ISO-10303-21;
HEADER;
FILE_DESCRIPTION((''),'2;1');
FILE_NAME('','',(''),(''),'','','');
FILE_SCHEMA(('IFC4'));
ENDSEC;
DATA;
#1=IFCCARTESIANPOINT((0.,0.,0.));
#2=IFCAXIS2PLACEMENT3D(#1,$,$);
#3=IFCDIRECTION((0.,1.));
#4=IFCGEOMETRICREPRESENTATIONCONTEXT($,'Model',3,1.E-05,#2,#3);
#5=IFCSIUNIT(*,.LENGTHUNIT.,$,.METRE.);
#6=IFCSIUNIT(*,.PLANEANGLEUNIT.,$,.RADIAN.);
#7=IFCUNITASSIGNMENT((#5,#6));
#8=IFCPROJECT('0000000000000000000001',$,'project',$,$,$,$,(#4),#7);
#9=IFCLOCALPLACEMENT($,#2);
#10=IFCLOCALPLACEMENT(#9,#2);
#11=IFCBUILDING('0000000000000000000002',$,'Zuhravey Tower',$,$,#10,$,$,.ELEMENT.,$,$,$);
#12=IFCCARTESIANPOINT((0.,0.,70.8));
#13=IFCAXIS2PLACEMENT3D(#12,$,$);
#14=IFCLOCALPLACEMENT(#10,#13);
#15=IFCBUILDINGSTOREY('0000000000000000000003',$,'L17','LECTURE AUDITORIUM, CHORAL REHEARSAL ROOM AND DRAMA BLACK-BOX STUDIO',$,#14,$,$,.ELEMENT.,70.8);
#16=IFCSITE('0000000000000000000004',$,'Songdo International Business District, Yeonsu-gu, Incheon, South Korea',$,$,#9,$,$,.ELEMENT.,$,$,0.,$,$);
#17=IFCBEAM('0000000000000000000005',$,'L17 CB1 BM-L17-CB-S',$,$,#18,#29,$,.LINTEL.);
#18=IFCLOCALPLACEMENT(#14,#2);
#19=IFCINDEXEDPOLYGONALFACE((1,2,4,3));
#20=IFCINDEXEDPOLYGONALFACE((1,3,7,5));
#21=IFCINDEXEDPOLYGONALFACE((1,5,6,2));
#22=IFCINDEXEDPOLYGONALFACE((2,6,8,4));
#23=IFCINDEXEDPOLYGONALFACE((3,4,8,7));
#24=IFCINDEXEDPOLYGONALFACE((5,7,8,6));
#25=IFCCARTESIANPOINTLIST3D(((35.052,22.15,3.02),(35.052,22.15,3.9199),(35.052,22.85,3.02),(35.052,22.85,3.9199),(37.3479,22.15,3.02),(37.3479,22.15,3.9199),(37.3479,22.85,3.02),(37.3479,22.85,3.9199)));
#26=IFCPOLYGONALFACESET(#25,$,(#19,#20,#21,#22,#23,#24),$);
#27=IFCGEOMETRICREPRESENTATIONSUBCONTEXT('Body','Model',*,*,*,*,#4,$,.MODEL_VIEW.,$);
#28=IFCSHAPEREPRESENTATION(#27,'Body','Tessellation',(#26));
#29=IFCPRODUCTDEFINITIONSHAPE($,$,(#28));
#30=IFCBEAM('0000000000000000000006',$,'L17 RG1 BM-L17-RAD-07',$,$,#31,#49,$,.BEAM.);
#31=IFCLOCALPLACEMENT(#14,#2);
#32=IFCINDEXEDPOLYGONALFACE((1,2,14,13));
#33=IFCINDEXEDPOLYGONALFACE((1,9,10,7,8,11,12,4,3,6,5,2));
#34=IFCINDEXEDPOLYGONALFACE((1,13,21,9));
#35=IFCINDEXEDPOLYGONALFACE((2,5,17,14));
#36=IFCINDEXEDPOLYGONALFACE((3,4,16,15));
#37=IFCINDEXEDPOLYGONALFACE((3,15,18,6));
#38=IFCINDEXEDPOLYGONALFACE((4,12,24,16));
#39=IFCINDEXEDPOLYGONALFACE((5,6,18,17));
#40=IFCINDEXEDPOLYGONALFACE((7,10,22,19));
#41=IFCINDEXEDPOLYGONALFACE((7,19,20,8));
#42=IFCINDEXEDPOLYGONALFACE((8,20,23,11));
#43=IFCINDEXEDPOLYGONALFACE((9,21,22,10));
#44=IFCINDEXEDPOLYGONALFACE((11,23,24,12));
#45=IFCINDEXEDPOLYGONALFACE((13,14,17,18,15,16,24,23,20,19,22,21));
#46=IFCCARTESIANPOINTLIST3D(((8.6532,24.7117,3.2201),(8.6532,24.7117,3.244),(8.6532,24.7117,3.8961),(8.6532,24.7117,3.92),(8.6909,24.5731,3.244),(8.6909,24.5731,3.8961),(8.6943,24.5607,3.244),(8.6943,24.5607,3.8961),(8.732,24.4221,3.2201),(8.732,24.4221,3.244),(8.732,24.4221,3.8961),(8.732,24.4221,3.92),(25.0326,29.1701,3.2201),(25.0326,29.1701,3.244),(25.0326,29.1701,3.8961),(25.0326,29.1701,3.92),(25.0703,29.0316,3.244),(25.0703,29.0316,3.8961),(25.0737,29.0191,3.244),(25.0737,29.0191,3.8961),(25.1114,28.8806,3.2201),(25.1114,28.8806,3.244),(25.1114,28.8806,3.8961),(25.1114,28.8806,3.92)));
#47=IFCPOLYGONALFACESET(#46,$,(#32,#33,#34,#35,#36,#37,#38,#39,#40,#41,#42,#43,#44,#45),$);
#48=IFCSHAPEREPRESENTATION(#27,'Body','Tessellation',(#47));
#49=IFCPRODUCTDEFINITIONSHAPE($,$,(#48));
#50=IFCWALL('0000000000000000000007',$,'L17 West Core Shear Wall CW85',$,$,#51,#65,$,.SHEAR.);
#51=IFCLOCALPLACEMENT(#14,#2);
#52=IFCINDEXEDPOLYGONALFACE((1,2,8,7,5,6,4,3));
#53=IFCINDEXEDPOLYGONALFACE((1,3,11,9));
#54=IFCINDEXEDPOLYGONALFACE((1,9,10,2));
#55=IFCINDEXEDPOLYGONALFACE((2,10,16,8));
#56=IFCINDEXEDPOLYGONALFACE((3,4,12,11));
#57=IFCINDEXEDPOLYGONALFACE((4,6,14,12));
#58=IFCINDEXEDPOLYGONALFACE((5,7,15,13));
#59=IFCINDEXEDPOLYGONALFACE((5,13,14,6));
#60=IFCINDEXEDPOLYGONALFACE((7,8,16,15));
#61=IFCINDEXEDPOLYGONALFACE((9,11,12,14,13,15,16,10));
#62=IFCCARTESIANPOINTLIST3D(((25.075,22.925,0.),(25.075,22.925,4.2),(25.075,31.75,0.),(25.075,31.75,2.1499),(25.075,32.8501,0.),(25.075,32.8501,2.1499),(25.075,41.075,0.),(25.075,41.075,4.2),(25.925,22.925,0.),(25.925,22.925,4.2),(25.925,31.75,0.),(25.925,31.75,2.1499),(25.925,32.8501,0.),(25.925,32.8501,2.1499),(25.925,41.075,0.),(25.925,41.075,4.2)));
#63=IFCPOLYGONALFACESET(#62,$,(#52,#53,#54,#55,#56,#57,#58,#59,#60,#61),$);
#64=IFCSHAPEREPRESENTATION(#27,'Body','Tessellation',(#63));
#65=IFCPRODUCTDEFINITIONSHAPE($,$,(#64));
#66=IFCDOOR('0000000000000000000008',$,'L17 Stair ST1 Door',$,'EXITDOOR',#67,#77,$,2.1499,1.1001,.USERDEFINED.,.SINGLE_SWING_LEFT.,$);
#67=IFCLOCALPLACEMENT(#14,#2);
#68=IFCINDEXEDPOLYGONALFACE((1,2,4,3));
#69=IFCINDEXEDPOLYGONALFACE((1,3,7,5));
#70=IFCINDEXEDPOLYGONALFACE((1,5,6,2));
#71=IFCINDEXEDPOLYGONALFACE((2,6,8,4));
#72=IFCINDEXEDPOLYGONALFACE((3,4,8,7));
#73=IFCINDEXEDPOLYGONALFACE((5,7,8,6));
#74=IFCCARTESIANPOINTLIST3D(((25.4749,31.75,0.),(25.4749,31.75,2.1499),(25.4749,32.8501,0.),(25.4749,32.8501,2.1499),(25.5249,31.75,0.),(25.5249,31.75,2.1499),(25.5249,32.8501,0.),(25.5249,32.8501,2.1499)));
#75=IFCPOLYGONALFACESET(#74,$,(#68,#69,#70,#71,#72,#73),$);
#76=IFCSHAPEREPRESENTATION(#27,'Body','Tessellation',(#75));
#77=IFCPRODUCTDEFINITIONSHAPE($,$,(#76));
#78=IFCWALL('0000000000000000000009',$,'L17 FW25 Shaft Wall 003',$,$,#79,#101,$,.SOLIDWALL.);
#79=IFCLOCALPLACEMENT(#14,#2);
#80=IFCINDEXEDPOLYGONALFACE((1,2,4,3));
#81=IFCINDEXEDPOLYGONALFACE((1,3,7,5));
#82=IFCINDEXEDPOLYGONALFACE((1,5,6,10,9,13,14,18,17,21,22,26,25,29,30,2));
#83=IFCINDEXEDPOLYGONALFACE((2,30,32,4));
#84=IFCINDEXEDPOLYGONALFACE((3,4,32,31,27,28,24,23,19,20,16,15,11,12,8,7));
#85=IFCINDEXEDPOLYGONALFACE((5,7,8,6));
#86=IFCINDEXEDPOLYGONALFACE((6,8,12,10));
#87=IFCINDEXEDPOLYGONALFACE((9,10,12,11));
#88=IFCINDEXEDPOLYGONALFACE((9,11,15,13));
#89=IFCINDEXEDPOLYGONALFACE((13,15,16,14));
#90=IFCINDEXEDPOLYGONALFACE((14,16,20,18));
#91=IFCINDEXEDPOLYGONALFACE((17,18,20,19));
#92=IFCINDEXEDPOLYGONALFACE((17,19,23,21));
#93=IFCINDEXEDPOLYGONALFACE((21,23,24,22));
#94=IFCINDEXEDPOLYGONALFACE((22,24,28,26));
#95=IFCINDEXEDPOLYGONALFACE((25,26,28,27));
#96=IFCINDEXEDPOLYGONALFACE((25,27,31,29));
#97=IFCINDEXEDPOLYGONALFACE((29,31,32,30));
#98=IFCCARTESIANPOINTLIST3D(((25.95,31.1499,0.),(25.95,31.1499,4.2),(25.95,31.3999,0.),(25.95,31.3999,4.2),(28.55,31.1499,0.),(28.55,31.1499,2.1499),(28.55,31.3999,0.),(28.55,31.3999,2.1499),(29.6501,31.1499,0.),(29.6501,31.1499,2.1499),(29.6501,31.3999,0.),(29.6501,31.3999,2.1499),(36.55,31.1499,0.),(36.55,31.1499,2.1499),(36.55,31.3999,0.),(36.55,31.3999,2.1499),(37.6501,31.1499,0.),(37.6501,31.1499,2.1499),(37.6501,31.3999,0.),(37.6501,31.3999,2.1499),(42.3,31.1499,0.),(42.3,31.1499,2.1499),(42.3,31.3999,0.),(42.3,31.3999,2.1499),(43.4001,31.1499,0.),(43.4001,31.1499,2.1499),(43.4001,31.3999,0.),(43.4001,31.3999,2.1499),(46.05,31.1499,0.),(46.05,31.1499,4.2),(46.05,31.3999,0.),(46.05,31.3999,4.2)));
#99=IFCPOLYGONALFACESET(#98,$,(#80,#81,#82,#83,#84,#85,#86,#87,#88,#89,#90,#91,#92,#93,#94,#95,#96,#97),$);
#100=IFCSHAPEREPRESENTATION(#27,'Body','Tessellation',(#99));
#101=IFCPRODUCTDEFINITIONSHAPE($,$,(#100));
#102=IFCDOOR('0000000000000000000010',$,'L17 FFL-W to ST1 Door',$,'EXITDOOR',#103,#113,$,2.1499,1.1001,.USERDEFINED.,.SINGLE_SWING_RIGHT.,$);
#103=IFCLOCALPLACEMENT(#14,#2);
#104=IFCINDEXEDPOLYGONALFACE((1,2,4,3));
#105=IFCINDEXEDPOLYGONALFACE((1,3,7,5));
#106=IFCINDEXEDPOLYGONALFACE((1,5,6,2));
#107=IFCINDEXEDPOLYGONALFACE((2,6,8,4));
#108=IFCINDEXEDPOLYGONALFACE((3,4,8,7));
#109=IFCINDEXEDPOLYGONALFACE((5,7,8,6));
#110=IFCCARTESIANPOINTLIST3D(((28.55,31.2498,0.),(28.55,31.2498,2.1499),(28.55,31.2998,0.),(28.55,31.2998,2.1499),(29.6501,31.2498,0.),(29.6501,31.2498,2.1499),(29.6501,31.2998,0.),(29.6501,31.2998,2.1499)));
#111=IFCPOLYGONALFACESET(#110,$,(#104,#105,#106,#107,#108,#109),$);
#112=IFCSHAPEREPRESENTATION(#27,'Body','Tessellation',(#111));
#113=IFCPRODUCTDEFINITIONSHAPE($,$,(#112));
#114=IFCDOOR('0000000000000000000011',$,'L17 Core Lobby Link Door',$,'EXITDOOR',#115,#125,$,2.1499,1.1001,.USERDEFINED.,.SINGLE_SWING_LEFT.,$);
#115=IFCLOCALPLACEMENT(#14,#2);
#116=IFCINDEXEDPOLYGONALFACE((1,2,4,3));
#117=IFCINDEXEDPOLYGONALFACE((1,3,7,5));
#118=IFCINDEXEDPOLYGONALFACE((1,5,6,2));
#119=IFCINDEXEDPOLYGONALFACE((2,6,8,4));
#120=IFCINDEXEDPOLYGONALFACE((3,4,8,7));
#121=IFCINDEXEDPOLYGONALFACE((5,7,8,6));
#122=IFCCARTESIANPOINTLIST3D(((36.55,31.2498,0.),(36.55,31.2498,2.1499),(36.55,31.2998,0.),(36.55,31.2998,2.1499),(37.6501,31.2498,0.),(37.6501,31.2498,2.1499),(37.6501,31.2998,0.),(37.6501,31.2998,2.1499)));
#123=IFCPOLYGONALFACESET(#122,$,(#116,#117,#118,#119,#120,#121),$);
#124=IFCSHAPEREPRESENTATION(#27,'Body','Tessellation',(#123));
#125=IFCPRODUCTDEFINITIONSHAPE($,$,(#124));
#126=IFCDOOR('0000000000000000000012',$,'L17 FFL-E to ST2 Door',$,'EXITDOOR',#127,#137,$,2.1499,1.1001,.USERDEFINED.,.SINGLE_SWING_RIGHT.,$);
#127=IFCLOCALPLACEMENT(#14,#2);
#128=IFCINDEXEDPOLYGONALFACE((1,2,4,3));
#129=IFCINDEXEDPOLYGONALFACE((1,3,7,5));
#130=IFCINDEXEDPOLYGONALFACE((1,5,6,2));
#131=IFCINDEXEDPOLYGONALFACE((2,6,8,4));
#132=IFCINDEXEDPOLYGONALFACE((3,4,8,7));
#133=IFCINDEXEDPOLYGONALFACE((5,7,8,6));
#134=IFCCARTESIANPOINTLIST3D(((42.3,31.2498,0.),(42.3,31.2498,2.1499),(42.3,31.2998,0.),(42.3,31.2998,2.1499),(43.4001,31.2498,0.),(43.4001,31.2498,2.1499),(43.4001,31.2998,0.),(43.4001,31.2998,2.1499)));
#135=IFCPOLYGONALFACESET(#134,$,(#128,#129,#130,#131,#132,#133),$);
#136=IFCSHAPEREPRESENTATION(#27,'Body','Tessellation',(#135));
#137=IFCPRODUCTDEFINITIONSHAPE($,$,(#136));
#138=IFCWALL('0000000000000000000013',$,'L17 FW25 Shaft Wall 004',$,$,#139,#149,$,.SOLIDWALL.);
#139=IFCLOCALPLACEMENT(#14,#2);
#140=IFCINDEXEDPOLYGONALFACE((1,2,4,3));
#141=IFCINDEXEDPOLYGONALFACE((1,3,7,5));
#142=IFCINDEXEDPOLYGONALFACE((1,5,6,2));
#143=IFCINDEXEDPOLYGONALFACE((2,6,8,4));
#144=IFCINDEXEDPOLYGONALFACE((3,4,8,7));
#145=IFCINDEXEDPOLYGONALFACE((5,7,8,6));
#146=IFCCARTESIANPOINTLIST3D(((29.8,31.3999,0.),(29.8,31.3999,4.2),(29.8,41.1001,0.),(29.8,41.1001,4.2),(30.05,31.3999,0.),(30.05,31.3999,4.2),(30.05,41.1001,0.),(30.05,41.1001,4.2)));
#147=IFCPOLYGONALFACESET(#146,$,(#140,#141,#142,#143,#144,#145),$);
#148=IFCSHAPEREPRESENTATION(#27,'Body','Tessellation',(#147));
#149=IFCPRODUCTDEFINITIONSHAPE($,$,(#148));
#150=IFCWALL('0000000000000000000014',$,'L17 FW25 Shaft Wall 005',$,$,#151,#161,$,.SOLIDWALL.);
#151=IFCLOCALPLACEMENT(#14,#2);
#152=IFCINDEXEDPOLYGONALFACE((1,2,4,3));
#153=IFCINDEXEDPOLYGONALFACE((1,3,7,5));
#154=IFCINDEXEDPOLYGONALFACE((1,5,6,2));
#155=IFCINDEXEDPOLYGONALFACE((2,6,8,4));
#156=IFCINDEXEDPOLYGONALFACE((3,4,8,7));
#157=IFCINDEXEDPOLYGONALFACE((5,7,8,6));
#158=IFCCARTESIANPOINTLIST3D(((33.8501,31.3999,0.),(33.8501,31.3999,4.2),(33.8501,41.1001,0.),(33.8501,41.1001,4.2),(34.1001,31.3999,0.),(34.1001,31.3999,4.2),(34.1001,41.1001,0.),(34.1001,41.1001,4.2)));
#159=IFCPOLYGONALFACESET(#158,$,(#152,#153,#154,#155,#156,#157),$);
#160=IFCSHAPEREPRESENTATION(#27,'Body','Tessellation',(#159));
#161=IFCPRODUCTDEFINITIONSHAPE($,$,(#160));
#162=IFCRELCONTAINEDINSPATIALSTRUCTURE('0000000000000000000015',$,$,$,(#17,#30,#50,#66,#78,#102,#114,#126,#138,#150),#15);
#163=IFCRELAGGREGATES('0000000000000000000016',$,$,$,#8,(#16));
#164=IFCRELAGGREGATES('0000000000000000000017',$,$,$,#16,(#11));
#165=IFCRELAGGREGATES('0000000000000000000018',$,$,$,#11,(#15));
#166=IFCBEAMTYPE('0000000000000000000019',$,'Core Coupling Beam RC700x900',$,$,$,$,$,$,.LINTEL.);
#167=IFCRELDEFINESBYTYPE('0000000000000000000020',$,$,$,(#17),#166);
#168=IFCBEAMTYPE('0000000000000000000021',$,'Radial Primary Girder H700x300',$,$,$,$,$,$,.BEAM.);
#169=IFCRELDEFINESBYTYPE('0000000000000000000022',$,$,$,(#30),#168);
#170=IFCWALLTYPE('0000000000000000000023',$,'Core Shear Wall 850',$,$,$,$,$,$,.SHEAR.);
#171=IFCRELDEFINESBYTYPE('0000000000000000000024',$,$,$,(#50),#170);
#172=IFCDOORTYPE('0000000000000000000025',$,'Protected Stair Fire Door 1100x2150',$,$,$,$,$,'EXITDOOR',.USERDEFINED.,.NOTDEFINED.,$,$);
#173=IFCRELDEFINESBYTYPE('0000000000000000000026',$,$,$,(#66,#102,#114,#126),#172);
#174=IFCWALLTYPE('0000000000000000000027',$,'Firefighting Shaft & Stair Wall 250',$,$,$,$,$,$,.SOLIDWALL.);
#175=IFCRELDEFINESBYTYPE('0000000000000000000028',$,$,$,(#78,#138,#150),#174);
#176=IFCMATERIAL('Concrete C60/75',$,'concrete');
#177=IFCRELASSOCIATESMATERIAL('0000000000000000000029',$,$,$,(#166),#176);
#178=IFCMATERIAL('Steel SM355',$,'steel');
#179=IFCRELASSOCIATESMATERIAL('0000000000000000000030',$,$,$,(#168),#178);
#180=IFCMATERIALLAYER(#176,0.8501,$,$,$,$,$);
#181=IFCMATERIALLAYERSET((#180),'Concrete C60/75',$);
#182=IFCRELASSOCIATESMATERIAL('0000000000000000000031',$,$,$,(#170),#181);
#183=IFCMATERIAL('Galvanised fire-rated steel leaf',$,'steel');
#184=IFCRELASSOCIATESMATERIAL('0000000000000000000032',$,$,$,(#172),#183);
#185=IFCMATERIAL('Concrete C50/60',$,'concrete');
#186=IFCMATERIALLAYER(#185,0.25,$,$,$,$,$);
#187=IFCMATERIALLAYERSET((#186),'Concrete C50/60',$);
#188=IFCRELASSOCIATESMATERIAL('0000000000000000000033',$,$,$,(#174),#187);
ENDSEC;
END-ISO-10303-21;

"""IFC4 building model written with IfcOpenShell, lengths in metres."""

from ifc_helpers import new_model, si_unit, direction, frame, frame_2d, origin, origin_2d, place, context, subcontext, project, spatial, rectangle, i_section, extrude, material, layer, layer_set, material_profile, profile_set, type_object, element, fill, save


model = new_model("IFC4")

# Units and contexts
model_context = context("Model", 3, precision=1e-05, world=origin(), true_north=direction((0.0, 1.0)))
body_context = subcontext(model_context, "Body", "Model", "MODEL_VIEW")
ifc_project = project(units=[si_unit("LENGTHUNIT", "METRE"), si_unit("PLANEANGLEUNIT", "RADIAN")], contexts=[model_context])

# Site, building, storey
site_placement = place(None, origin())
site = spatial("IfcSite", under=ifc_project, at=site_placement, Name="Songdo International Business District, Yeonsu-gu, Incheon, South Korea", CompositionType="ELEMENT", RefElevation=0.0)
building_placement = place(site_placement, origin())
building = spatial("IfcBuilding", under=site, at=building_placement, Name="Zuhravey Tower", CompositionType="ELEMENT")
storey_placement = place(building_placement, frame((0.0, 0.0, 70.8)))
storey = spatial("IfcBuildingStorey", under=building, at=storey_placement, Name="L17", Description="LECTURE AUDITORIUM, CHORAL REHEARSAL ROOM AND DRAMA BLACK-BOX STUDIO", CompositionType="ELEMENT", Elevation=70.8)

# Beams
ifc_material_1 = material(Name="Concrete C60/75", Category="concrete")
ifc_material_profile_1 = material_profile(ifc_material_1, rectangle(XDim=0.7, YDim=0.8999, at=origin_2d()), Name="RC-700x900")
ifc_profile_set_1 = profile_set([ifc_material_profile_1], Name="Concrete C60/75")
beam_type_1 = type_object("IfcBeamType", Name="Core Coupling Beam RC700x900", PredefinedType="LINTEL", material=ifc_profile_set_1)
beam_1_placement = place(storey_placement, frame((35.052, 22.5, 3.47), z_axis=(1.0, 0.0, 0.0), x_axis=(0.0, 1.0, 0.0)))
element("IfcBeam", 1, at=beam_1_placement, inside=storey, type_object=beam_type_1, Name="L17 CB1 BM-L17-CB-S", PredefinedType="LINTEL", context=body_context, shape_type="SweptSolid", body=[
    extrude(rectangle(XDim=0.7, YDim=0.8999, at=origin_2d()), origin(), (0.0, 0.0, 1.0), 2.2959),
])
ifc_material_2 = material(Name="Steel SM355", Category="steel")
ifc_material_profile_2 = material_profile(ifc_material_2, i_section(OverallWidth=0.3, OverallDepth=0.7, WebThickness=0.0129, FlangeThickness=0.0239, at=origin_2d()), Name="H-700x300x13x24")
ifc_profile_set_2 = profile_set([ifc_material_profile_2], Name="Steel SM355")
beam_type_2 = type_object("IfcBeamType", Name="Radial Primary Girder H700x300", PredefinedType="BEAM", material=ifc_profile_set_2)
beam_2_placement = place(storey_placement, frame((25.072, 29.0254, 3.5701), z_axis=(-0.964892, -0.262645, 0.0), x_axis=(0.262645, -0.964892, 0.0)))
element("IfcBeam", 2, at=beam_2_placement, inside=storey, type_object=beam_type_2, Name="L17 RG1 BM-L17-RAD-07", PredefinedType="BEAM", context=body_context, shape_type="SweptSolid", body=[
    extrude(i_section(OverallWidth=0.3, OverallDepth=0.7, WebThickness=0.0129, FlangeThickness=0.0239, at=origin_2d()), origin(), (0.0, 0.0, 1.0), 16.9753),
])

# Wall, opening, door
ifc_layer_1 = layer(ifc_material_1, 0.8501)
ifc_layer_set_1 = layer_set([ifc_layer_1], Name="Concrete C60/75")
wall_type_1 = type_object("IfcWallType", Name="Core Shear Wall 850", PredefinedType="SHEAR", material=ifc_layer_set_1)
ifc_material_3 = material(Name="Galvanised fire-rated steel leaf", Category="steel")
wall_1_placement = place(storey_placement, frame((25.5, 22.925, 0.0), z_axis=(0.0, 0.0, 1.0), x_axis=(0.0, 1.0, 0.0)))
wall_1 = element("IfcWall", 3, at=wall_1_placement, inside=storey, type_object=wall_type_1, Name="L17 West Core Shear Wall CW85", PredefinedType="SHEAR", context=body_context, shape_type="SweptSolid", body=[
    extrude(rectangle(XDim=18.1499, YDim=0.8501, at=frame_2d((9.075, 0.0))), origin(), (0.0, 0.0, 1.0), 4.2),
])
opening_1_placement = place(wall_1_placement, frame((8.825, 0.0, 0.0)))
opening_1 = element("IfcOpeningElement", 4, at=opening_1_placement, cuts=wall_1, PredefinedType="OPENING", context=body_context, shape_type="SweptSolid", body=[
    extrude(rectangle(XDim=1.1001, YDim=2.1499, at=frame_2d((0.55, 1.075))), frame((0.0, 0.437, 0.0), z_axis=(0.0, -1.0, 0.0), x_axis=(1.0, 0.0, 0.0)), (0.0, 0.0, 1.0), 0.874),
])
door_type_1 = type_object("IfcDoorType", Name="Protected Stair Fire Door 1100x2150", ElementType="EXITDOOR", OperationType="NOTDEFINED", PredefinedType="USERDEFINED", material=ifc_material_3)
door_1_placement = place(opening_1_placement, frame((1.1001, 0.0, 0.0), z_axis=(0.0, 0.0, 1.0), x_axis=(-1.0, 0.0, 0.0)))
door_1 = element("IfcDoor", 5, at=door_1_placement, inside=storey, type_object=door_type_1, Name="L17 Stair ST1 Door", ObjectType="EXITDOOR", OperationType="SINGLE_SWING_LEFT", OverallHeight=2.1499, OverallWidth=1.1001, PredefinedType="USERDEFINED", context=body_context, shape_type="SweptSolid", body=[
    extrude(rectangle(XDim=1.1001, YDim=2.1499, at=frame_2d((0.55, 1.075))), frame((0.0, 0.0249, 0.0), z_axis=(0.0, -1.0, 0.0), x_axis=(1.0, 0.0, 0.0)), (0.0, 0.0, 1.0), 0.05),
])
fill(opening_1, door_1)
ifc_material_4 = material(Name="Concrete C50/60", Category="concrete")
ifc_layer_2 = layer(ifc_material_4, 0.25)
ifc_layer_set_2 = layer_set([ifc_layer_2], Name="Concrete C50/60")
wall_type_2 = type_object("IfcWallType", Name="Firefighting Shaft & Stair Wall 250", PredefinedType="SOLIDWALL", material=ifc_layer_set_2)

# Wall, openings, doors
wall_2_placement = place(storey_placement, frame((25.95, 31.2749, 0.0), z_axis=(0.0, 0.0, 1.0), x_axis=(1.0, 0.0, 0.0)))
wall_2 = element("IfcWall", 6, at=wall_2_placement, inside=storey, type_object=wall_type_2, Name="L17 FW25 Shaft Wall 003", PredefinedType="SOLIDWALL", context=body_context, shape_type="SweptSolid", body=[
    extrude(rectangle(XDim=20.1001, YDim=0.25, at=frame_2d((10.05, 0.0))), origin(), (0.0, 0.0, 1.0), 4.2),
])
opening_2_placement = place(wall_2_placement, frame((2.6001, 0.0, 0.0)))
opening_2 = element("IfcOpeningElement", 7, at=opening_2_placement, cuts=wall_2, PredefinedType="OPENING", context=body_context, shape_type="SweptSolid", body=[
    extrude(rectangle(XDim=1.1001, YDim=2.1499, at=frame_2d((0.55, 1.075))), frame((0.0, 0.137, 0.0), z_axis=(0.0, -1.0, 0.0), x_axis=(1.0, 0.0, 0.0)), (0.0, 0.0, 1.0), 0.2739),
])
opening_3_placement = place(wall_2_placement, frame((10.6001, 0.0, 0.0)))
opening_3 = element("IfcOpeningElement", 8, at=opening_3_placement, cuts=wall_2, PredefinedType="OPENING", context=body_context, shape_type="SweptSolid", body=[
    extrude(rectangle(XDim=1.1001, YDim=2.1499, at=frame_2d((0.55, 1.075))), frame((0.0, 0.137, 0.0), z_axis=(0.0, -1.0, 0.0), x_axis=(1.0, 0.0, 0.0)), (0.0, 0.0, 1.0), 0.2739),
])
opening_4_placement = place(wall_2_placement, frame((16.3501, 0.0, 0.0)))
opening_4 = element("IfcOpeningElement", 9, at=opening_4_placement, cuts=wall_2, PredefinedType="OPENING", context=body_context, shape_type="SweptSolid", body=[
    extrude(rectangle(XDim=1.1001, YDim=2.1499, at=frame_2d((0.55, 1.075))), frame((0.0, 0.137, 0.0), z_axis=(0.0, -1.0, 0.0), x_axis=(1.0, 0.0, 0.0)), (0.0, 0.0, 1.0), 0.2739),
])
door_2_placement = place(opening_2_placement, origin())
door_2 = element("IfcDoor", 10, at=door_2_placement, inside=storey, type_object=door_type_1, Name="L17 FFL-W to ST1 Door", ObjectType="EXITDOOR", OperationType="SINGLE_SWING_RIGHT", OverallHeight=2.1499, OverallWidth=1.1001, PredefinedType="USERDEFINED", context=body_context, shape_type="SweptSolid", body=[
    extrude(rectangle(XDim=1.1001, YDim=2.1499, at=frame_2d((0.55, 1.075))), frame((0.0, 0.0249, 0.0), z_axis=(0.0, -1.0, 0.0), x_axis=(1.0, 0.0, 0.0)), (0.0, 0.0, 1.0), 0.05),
])
fill(opening_2, door_2)
door_3_placement = place(opening_3_placement, origin())
door_3 = element("IfcDoor", 11, at=door_3_placement, inside=storey, type_object=door_type_1, Name="L17 Core Lobby Link Door", ObjectType="EXITDOOR", OperationType="SINGLE_SWING_LEFT", OverallHeight=2.1499, OverallWidth=1.1001, PredefinedType="USERDEFINED", context=body_context, shape_type="SweptSolid", body=[
    extrude(rectangle(XDim=1.1001, YDim=2.1499, at=frame_2d((0.55, 1.075))), frame((0.0, 0.0249, 0.0), z_axis=(0.0, -1.0, 0.0), x_axis=(1.0, 0.0, 0.0)), (0.0, 0.0, 1.0), 0.05),
])
fill(opening_3, door_3)
door_4_placement = place(opening_4_placement, origin())
door_4 = element("IfcDoor", 12, at=door_4_placement, inside=storey, type_object=door_type_1, Name="L17 FFL-E to ST2 Door", ObjectType="EXITDOOR", OperationType="SINGLE_SWING_RIGHT", OverallHeight=2.1499, OverallWidth=1.1001, PredefinedType="USERDEFINED", context=body_context, shape_type="SweptSolid", body=[
    extrude(rectangle(XDim=1.1001, YDim=2.1499, at=frame_2d((0.55, 1.075))), frame((0.0, 0.0249, 0.0), z_axis=(0.0, -1.0, 0.0), x_axis=(1.0, 0.0, 0.0)), (0.0, 0.0, 1.0), 0.05),
])
fill(opening_4, door_4)

# Walls
for number, where, z_axis, x_axis, name in (
    (13, (29.925, 31.3999, 0.0), (0.0, 0.0, 1.0), (0.0, 1.0, 0.0), "L17 FW25 Shaft Wall 004"),
    (14, (33.9751, 31.3999, 0.0), (0.0, 0.0, 1.0), (0.0, 1.0, 0.0), "L17 FW25 Shaft Wall 005"),
):
    element("IfcWall", number, at=place(storey_placement, frame(where, z_axis=z_axis, x_axis=x_axis)), inside=storey, type_object=wall_type_2, Name=name, PredefinedType="SOLIDWALL", context=body_context, shape_type="SweptSolid", body=[
        extrude(rectangle(XDim=9.7002, YDim=0.25, at=frame_2d((4.8501, 0.0))), origin(), (0.0, 0.0, 1.0), 4.2),
    ])

save(model, "model.ifc")
